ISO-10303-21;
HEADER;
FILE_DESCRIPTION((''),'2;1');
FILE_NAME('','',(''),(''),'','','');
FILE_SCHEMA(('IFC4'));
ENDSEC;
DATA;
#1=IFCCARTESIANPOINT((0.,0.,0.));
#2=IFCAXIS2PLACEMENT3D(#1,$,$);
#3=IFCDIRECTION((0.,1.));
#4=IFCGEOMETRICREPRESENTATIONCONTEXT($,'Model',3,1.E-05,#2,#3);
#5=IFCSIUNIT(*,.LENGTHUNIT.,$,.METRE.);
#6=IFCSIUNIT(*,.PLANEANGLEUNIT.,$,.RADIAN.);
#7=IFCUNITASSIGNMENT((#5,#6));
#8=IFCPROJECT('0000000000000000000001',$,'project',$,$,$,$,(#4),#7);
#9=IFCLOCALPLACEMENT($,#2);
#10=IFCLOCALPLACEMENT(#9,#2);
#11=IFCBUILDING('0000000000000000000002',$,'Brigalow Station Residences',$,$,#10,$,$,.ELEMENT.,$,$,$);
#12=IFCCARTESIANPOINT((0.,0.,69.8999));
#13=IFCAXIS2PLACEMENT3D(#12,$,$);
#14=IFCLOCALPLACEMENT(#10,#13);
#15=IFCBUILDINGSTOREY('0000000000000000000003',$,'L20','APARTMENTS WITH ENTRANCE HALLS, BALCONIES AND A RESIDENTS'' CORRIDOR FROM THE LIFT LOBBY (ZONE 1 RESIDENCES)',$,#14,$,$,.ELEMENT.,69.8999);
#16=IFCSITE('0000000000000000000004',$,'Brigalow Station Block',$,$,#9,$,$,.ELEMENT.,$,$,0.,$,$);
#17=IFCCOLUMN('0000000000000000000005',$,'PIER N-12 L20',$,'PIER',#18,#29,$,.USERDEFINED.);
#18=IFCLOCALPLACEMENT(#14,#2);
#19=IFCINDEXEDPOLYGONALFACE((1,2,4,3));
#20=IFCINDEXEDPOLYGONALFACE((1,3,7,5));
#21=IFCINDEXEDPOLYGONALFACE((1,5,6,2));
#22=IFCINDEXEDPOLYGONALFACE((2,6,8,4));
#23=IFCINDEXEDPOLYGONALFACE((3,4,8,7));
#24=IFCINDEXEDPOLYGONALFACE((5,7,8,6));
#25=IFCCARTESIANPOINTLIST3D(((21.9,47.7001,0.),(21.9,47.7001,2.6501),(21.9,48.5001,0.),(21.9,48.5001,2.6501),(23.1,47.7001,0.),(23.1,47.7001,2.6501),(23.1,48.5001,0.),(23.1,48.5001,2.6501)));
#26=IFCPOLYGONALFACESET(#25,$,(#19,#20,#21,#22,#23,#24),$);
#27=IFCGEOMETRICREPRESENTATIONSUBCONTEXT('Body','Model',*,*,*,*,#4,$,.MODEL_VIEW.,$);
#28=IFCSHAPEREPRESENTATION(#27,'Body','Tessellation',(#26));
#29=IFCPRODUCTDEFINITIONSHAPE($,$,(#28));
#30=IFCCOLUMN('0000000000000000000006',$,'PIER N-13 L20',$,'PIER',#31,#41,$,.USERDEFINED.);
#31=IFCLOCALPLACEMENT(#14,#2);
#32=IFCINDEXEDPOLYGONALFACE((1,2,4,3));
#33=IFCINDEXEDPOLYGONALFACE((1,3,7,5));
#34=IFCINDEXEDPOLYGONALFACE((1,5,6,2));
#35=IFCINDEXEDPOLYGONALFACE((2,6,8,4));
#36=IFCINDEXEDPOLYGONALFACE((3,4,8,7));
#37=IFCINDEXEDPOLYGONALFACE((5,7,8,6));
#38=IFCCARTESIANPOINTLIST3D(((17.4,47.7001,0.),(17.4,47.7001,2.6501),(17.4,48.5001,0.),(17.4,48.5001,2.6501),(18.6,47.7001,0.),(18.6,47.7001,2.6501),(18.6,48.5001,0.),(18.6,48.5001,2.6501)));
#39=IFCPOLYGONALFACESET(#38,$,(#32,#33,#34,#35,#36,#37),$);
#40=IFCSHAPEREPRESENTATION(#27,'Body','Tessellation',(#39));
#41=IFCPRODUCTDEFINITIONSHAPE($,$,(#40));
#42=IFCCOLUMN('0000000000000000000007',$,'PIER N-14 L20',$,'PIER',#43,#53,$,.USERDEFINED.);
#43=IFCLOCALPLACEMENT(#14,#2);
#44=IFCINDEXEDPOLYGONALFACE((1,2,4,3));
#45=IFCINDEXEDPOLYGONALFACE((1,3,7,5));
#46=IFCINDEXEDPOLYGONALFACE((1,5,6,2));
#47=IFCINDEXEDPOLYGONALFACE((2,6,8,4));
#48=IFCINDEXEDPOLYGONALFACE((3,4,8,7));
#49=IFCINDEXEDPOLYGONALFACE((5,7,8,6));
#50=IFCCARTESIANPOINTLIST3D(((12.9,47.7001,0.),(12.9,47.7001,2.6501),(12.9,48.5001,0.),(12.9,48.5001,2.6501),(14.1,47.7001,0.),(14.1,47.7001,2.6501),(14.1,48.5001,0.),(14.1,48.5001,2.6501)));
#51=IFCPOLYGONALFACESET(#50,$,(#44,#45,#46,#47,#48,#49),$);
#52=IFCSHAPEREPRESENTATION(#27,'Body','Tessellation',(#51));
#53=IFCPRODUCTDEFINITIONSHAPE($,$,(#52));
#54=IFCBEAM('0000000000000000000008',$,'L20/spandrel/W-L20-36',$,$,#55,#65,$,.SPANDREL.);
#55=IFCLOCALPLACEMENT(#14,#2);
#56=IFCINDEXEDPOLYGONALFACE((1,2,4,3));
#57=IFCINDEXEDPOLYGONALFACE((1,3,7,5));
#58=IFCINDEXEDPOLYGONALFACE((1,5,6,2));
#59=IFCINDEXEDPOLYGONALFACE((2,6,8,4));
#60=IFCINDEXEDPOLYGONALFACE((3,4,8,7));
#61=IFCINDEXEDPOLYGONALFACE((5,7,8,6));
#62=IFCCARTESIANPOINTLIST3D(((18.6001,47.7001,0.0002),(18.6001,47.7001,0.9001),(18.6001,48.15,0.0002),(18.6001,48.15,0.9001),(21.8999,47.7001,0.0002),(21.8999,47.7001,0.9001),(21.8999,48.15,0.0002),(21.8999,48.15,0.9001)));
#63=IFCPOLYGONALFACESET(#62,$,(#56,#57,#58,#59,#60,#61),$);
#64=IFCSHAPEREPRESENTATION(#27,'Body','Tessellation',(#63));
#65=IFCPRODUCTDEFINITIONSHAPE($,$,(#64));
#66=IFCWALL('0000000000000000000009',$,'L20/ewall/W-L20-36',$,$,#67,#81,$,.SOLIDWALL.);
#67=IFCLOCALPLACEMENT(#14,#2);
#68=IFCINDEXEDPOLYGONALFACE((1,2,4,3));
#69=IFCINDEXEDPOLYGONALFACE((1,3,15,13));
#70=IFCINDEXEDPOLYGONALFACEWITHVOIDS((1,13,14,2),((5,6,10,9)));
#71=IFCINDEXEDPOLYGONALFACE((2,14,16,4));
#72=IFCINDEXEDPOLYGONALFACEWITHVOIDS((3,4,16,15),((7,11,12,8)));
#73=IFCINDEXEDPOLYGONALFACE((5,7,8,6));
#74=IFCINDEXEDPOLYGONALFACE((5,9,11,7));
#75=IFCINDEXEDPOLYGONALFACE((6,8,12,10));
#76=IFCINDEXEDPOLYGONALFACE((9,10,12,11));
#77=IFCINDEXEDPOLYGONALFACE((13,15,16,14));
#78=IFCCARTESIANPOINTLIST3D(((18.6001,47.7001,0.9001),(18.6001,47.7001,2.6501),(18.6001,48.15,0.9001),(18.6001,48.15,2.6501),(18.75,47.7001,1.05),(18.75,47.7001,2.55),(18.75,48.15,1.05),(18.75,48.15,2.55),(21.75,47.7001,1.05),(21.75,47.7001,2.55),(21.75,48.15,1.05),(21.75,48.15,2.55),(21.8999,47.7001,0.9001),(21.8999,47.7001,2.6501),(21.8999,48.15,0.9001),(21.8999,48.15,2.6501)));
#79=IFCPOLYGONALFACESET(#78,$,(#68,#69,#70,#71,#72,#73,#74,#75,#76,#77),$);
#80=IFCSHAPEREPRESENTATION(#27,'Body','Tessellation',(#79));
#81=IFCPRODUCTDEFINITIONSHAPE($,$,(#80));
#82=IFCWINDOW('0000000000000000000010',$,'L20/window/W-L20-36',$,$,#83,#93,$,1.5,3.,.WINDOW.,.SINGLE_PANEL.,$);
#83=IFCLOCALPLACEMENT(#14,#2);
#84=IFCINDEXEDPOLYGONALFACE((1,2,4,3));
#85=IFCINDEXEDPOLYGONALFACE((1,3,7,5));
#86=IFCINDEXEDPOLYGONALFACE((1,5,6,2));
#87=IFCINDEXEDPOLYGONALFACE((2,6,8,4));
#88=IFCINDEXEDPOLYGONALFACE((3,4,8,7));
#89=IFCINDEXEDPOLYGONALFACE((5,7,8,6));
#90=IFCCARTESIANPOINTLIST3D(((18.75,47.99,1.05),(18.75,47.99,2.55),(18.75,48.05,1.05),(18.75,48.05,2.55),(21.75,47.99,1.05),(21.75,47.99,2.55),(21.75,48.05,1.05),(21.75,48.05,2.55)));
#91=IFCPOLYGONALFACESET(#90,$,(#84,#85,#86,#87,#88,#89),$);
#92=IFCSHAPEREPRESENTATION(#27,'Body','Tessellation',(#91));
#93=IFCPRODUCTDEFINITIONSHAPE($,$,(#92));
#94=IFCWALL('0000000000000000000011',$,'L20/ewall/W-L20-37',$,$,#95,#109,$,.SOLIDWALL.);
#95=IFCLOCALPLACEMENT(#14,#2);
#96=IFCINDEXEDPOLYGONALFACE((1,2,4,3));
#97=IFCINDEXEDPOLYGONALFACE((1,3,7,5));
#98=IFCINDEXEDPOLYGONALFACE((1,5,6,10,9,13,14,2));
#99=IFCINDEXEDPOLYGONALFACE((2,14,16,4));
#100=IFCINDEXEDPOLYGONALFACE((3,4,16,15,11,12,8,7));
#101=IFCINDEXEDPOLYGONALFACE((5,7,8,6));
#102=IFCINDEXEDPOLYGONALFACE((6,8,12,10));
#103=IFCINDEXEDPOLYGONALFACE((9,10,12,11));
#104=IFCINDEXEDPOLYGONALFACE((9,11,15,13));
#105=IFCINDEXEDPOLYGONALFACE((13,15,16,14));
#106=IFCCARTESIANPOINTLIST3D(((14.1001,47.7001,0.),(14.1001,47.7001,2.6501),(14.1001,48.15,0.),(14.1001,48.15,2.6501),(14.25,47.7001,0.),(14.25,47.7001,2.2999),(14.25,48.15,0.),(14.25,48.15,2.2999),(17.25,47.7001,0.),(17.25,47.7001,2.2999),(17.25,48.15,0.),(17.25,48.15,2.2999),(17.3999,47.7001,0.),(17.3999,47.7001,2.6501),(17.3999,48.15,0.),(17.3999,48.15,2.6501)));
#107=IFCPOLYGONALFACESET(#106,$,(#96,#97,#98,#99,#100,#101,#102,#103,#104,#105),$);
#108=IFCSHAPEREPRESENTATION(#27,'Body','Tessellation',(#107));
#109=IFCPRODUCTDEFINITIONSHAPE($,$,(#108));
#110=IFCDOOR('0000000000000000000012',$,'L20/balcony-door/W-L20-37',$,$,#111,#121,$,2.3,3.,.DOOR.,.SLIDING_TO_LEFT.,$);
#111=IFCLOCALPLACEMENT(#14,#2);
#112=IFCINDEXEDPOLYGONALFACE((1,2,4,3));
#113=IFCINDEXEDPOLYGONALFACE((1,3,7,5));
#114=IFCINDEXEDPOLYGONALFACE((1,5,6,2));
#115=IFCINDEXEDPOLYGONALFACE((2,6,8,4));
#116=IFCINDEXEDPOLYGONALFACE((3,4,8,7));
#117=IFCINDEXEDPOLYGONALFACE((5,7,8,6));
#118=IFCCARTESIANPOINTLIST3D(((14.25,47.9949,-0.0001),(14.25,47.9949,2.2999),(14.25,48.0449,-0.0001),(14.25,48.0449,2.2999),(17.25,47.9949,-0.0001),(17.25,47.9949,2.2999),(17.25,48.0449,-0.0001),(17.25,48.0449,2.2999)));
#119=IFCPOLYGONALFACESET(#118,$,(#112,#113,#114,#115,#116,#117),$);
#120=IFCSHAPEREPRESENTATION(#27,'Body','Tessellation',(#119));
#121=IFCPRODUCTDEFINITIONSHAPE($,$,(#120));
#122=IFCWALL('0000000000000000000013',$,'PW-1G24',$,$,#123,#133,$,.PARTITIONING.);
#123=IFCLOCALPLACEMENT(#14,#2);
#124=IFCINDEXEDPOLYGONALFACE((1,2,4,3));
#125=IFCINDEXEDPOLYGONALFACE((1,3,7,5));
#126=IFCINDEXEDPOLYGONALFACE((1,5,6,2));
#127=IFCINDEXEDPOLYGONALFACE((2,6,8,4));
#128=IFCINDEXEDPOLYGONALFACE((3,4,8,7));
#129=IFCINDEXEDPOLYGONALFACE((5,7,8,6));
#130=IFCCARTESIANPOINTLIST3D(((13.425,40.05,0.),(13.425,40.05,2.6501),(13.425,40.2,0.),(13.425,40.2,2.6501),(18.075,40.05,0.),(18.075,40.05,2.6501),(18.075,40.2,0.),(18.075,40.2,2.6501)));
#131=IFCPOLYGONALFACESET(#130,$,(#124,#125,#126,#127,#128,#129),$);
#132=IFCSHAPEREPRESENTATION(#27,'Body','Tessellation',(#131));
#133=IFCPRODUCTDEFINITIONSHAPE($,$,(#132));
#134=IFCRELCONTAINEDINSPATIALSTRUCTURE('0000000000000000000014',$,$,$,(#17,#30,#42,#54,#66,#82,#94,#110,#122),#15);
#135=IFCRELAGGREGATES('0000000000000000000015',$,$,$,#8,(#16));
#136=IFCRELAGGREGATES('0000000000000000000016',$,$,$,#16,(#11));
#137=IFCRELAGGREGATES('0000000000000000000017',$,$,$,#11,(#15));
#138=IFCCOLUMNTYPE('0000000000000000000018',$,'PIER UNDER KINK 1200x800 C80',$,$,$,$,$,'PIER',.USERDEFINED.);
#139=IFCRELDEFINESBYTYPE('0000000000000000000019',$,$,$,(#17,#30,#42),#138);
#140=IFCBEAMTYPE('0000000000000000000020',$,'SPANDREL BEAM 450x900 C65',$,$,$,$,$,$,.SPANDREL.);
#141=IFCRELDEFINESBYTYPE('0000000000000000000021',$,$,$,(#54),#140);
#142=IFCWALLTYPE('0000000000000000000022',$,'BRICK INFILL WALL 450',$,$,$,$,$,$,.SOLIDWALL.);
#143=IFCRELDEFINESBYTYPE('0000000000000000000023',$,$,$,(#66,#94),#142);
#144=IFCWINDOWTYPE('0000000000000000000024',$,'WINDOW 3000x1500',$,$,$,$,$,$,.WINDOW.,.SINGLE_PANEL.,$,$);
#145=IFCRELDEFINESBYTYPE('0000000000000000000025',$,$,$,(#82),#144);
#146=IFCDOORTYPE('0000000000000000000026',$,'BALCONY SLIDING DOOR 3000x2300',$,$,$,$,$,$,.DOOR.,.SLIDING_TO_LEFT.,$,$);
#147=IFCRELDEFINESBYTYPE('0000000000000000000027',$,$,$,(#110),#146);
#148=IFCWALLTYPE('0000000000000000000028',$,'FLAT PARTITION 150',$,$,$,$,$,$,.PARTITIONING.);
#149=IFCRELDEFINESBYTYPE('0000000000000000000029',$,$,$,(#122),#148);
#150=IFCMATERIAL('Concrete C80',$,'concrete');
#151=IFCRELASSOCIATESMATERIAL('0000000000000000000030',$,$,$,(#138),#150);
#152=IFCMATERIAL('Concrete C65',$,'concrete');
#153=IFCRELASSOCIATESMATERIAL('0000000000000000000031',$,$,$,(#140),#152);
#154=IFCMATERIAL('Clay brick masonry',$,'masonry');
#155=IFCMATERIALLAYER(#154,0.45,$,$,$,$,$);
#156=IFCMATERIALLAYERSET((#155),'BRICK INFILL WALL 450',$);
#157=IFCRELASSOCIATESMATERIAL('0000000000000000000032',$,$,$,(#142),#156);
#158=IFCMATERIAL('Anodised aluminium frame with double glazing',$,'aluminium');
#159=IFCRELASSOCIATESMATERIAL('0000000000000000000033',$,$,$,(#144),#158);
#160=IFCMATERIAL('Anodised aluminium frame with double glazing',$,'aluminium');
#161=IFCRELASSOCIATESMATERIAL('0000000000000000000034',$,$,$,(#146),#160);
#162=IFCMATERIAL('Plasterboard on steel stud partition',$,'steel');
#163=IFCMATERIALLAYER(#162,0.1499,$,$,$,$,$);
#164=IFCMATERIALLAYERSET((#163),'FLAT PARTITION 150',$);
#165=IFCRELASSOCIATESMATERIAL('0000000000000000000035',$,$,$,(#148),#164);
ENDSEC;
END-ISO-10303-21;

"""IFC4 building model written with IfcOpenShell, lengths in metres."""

from ifc_helpers import new_model, si_unit, direction, frame, frame_2d, origin, origin_2d, place, context, subcontext, project, spatial, rectangle, extrude, material, layer, layer_set, material_profile, profile_set, type_object, element, fill, save


model = new_model("IFC4")

# Units and contexts
model_context = context("Model", 3, precision=1e-05, world=origin(), true_north=direction((0.0, 1.0)))
body_context = subcontext(model_context, "Body", "Model", "MODEL_VIEW")
ifc_project = project(units=[si_unit("LENGTHUNIT", "METRE"), si_unit("PLANEANGLEUNIT", "RADIAN")], contexts=[model_context])

# Site, building, storey
site_placement = place(None, origin())
site = spatial("IfcSite", under=ifc_project, at=site_placement, Name="Brigalow Station Block", CompositionType="ELEMENT", RefElevation=0.0)
building_placement = place(site_placement, origin())
building = spatial("IfcBuilding", under=site, at=building_placement, Name="Brigalow Station Residences", CompositionType="ELEMENT")
storey_placement = place(building_placement, frame((0.0, 0.0, 69.8999)))
storey = spatial("IfcBuildingStorey", under=building, at=storey_placement, Name="L20", Description="APARTMENTS WITH ENTRANCE HALLS, BALCONIES AND A RESIDENTS' CORRIDOR FROM THE LIFT LOBBY (ZONE 1 RESIDENCES)", CompositionType="ELEMENT", Elevation=69.8999)

# Columns
ifc_material_1 = material(Name="Concrete C80", Category="concrete")
ifc_material_profile_1 = material_profile(ifc_material_1, rectangle(XDim=1.2, YDim=0.8, at=origin_2d()), Name="RC1200x800")
ifc_profile_set_1 = profile_set([ifc_material_profile_1], Name="Concrete C80")
column_type = type_object("IfcColumnType", Name="PIER UNDER KINK 1200x800 C80", ElementType="PIER", PredefinedType="USERDEFINED", material=ifc_profile_set_1)
for number, where, z_axis, x_axis, name in (
    (1, (22.5, 48.1001, 0.0), (0.0, 0.0, 1.0), (-1.0, 0.0, 0.0), "PIER N-12 L20"),
    (2, (18.0, 48.1001, 0.0), (0.0, 0.0, 1.0), (-1.0, 0.0, 0.0), "PIER N-13 L20"),
    (3, (13.5, 48.1001, 0.0), (0.0, 0.0, 1.0), (-1.0, 0.0, 0.0), "PIER N-14 L20"),
):
    element("IfcColumn", number, at=place(storey_placement, frame(where, z_axis=z_axis, x_axis=x_axis)), inside=storey, type_object=column_type, Name=name, ObjectType="PIER", PredefinedType="USERDEFINED", context=body_context, shape_type="SweptSolid", body=[
        extrude(rectangle(XDim=1.2, YDim=0.8, at=origin_2d()), origin(), (0.0, 0.0, 1.0), 2.6501),
    ])

# Beam
ifc_material_2 = material(Name="Concrete C65", Category="concrete")
ifc_material_profile_2 = material_profile(ifc_material_2, rectangle(XDim=0.45, YDim=0.8999, at=origin_2d()), Name="RC450x900")
ifc_profile_set_2 = profile_set([ifc_material_profile_2], Name="Concrete C65")
beam_type = type_object("IfcBeamType", Name="SPANDREL BEAM 450x900 C65", PredefinedType="SPANDREL", material=ifc_profile_set_2)
beam_placement = place(storey_placement, frame((21.8999, 47.925, 0.4502), z_axis=(-1.0, 0.0, 0.0), x_axis=(0.0, -1.0, 0.0)))
element("IfcBeam", 4, at=beam_placement, inside=storey, type_object=beam_type, Name="L20/spandrel/W-L20-36", PredefinedType="SPANDREL", context=body_context, shape_type="SweptSolid", body=[
    extrude(rectangle(XDim=0.45, YDim=0.8999, at=origin_2d()), origin(), (0.0, 0.0, 1.0), 3.2998),
])

# Wall, opening, window
ifc_material_3 = material(Name="Clay brick masonry", Category="masonry")
ifc_layer_1 = layer(ifc_material_3, 0.45)
ifc_layer_set_1 = layer_set([ifc_layer_1], Name="BRICK INFILL WALL 450")
wall_type_1 = type_object("IfcWallType", Name="BRICK INFILL WALL 450", PredefinedType="SOLIDWALL", material=ifc_layer_set_1)
wall_1_placement = place(storey_placement, frame((21.8999, 47.925, 0.9001), z_axis=(0.0, 0.0, 1.0), x_axis=(-1.0, 0.0, 0.0)))
wall_1 = element("IfcWall", 5, at=wall_1_placement, inside=storey, type_object=wall_type_1, Name="L20/ewall/W-L20-36", PredefinedType="SOLIDWALL", context=body_context, shape_type="SweptSolid", body=[
    extrude(rectangle(XDim=3.2998, YDim=0.45, at=frame_2d((1.6499, 0.0))), origin(), (0.0, 0.0, 1.0), 1.75),
])
opening_1_placement = place(wall_1_placement, frame((0.1499, 0.0, 0.1499)))
opening_1 = element("IfcOpeningElement", 6, at=opening_1_placement, cuts=wall_1, PredefinedType="OPENING", context=body_context, shape_type="SweptSolid", body=[
    extrude(rectangle(XDim=3.0, YDim=1.5, at=frame_2d((1.5, 0.75))), frame((0.0, 0.2349, 0.0), z_axis=(0.0, -1.0, 0.0), x_axis=(1.0, 0.0, 0.0)), (0.0, 0.0, 1.0), 0.47),
])
ifc_material_4 = material(Name="Anodised aluminium frame with double glazing", Category="aluminium")
window_type = type_object("IfcWindowType", Name="WINDOW 3000x1500", PartitioningType="SINGLE_PANEL", PredefinedType="WINDOW", material=ifc_material_4)
window_placement = place(opening_1_placement, origin())
window = element("IfcWindow", 7, at=window_placement, inside=storey, type_object=window_type, Name="L20/window/W-L20-36", OverallHeight=1.5, OverallWidth=3.0, PartitioningType="SINGLE_PANEL", PredefinedType="WINDOW", context=body_context, shape_type="SweptSolid", body=[
    extrude(rectangle(XDim=3.0, YDim=1.5, at=frame_2d((1.5, 0.75))), frame((0.0, -0.0649, 0.0), z_axis=(0.0, -1.0, 0.0), x_axis=(1.0, 0.0, 0.0)), (0.0, 0.0, 1.0), 0.0601),
])
fill(opening_1, window)

# Wall, opening, door
wall_2_placement = place(storey_placement, frame((17.3999, 47.925, 0.0), z_axis=(0.0, 0.0, 1.0), x_axis=(-1.0, 0.0, 0.0)))
wall_2 = element("IfcWall", 8, at=wall_2_placement, inside=storey, type_object=wall_type_1, Name="L20/ewall/W-L20-37", PredefinedType="SOLIDWALL", context=body_context, shape_type="SweptSolid", body=[
    extrude(rectangle(XDim=3.2998, YDim=0.45, at=frame_2d((1.6499, 0.0))), origin(), (0.0, 0.0, 1.0), 2.6501),
])
opening_2_placement = place(wall_2_placement, frame((0.1499, 0.0, 0.0)))
opening_2 = element("IfcOpeningElement", 9, at=opening_2_placement, cuts=wall_2, PredefinedType="OPENING", context=body_context, shape_type="SweptSolid", body=[
    extrude(rectangle(XDim=3.0, YDim=2.3, at=frame_2d((1.5, 1.1499))), frame((0.0, 0.2349, 0.0), z_axis=(0.0, -1.0, 0.0), x_axis=(1.0, 0.0, 0.0)), (0.0, 0.0, 1.0), 0.47),
])
ifc_material_5 = material(Name="Anodised aluminium frame with double glazing", Category="aluminium")
door_type_1 = type_object("IfcDoorType", Name="BALCONY SLIDING DOOR 3000x2300", OperationType="SLIDING_TO_LEFT", PredefinedType="DOOR", material=ifc_material_5)
door_1_placement = place(opening_2_placement, origin())
door_1 = element("IfcDoor", 10, at=door_1_placement, inside=storey, type_object=door_type_1, Name="L20/balcony-door/W-L20-37", OperationType="SLIDING_TO_LEFT", OverallHeight=2.3, OverallWidth=3.0, PredefinedType="DOOR", context=body_context, shape_type="SweptSolid", body=[
    extrude(rectangle(XDim=3.0, YDim=2.3, at=frame_2d((1.5, 1.1499))), frame((0.0, -0.0698, 0.0), z_axis=(0.0, -1.0, 0.0), x_axis=(1.0, 0.0, 0.0)), (0.0, 0.0, 1.0), 0.05),
])
fill(opening_2, door_1)

# Wall
ifc_material_6 = material(Name="Plasterboard on steel stud partition", Category="steel")
ifc_layer_2 = layer(ifc_material_6, 0.1499)
ifc_layer_set_2 = layer_set([ifc_layer_2], Name="FLAT PARTITION 150")
wall_type_2 = type_object("IfcWallType", Name="FLAT PARTITION 150", PredefinedType="PARTITIONING", material=ifc_layer_set_2)
wall_3_placement = place(storey_placement, frame((13.425, 40.125, 0.0), z_axis=(0.0, 0.0, 1.0), x_axis=(1.0, 0.0, 0.0)))
element("IfcWall", 11, at=wall_3_placement, inside=storey, type_object=wall_type_2, Name="PW-1G24", PredefinedType="PARTITIONING", context=body_context, shape_type="SweptSolid", body=[
    extrude(rectangle(XDim=4.6499, YDim=0.1499, at=frame_2d((2.325, 0.0))), origin(), (0.0, 0.0, 1.0), 2.6501),
])

save(model, "model.ifc")
